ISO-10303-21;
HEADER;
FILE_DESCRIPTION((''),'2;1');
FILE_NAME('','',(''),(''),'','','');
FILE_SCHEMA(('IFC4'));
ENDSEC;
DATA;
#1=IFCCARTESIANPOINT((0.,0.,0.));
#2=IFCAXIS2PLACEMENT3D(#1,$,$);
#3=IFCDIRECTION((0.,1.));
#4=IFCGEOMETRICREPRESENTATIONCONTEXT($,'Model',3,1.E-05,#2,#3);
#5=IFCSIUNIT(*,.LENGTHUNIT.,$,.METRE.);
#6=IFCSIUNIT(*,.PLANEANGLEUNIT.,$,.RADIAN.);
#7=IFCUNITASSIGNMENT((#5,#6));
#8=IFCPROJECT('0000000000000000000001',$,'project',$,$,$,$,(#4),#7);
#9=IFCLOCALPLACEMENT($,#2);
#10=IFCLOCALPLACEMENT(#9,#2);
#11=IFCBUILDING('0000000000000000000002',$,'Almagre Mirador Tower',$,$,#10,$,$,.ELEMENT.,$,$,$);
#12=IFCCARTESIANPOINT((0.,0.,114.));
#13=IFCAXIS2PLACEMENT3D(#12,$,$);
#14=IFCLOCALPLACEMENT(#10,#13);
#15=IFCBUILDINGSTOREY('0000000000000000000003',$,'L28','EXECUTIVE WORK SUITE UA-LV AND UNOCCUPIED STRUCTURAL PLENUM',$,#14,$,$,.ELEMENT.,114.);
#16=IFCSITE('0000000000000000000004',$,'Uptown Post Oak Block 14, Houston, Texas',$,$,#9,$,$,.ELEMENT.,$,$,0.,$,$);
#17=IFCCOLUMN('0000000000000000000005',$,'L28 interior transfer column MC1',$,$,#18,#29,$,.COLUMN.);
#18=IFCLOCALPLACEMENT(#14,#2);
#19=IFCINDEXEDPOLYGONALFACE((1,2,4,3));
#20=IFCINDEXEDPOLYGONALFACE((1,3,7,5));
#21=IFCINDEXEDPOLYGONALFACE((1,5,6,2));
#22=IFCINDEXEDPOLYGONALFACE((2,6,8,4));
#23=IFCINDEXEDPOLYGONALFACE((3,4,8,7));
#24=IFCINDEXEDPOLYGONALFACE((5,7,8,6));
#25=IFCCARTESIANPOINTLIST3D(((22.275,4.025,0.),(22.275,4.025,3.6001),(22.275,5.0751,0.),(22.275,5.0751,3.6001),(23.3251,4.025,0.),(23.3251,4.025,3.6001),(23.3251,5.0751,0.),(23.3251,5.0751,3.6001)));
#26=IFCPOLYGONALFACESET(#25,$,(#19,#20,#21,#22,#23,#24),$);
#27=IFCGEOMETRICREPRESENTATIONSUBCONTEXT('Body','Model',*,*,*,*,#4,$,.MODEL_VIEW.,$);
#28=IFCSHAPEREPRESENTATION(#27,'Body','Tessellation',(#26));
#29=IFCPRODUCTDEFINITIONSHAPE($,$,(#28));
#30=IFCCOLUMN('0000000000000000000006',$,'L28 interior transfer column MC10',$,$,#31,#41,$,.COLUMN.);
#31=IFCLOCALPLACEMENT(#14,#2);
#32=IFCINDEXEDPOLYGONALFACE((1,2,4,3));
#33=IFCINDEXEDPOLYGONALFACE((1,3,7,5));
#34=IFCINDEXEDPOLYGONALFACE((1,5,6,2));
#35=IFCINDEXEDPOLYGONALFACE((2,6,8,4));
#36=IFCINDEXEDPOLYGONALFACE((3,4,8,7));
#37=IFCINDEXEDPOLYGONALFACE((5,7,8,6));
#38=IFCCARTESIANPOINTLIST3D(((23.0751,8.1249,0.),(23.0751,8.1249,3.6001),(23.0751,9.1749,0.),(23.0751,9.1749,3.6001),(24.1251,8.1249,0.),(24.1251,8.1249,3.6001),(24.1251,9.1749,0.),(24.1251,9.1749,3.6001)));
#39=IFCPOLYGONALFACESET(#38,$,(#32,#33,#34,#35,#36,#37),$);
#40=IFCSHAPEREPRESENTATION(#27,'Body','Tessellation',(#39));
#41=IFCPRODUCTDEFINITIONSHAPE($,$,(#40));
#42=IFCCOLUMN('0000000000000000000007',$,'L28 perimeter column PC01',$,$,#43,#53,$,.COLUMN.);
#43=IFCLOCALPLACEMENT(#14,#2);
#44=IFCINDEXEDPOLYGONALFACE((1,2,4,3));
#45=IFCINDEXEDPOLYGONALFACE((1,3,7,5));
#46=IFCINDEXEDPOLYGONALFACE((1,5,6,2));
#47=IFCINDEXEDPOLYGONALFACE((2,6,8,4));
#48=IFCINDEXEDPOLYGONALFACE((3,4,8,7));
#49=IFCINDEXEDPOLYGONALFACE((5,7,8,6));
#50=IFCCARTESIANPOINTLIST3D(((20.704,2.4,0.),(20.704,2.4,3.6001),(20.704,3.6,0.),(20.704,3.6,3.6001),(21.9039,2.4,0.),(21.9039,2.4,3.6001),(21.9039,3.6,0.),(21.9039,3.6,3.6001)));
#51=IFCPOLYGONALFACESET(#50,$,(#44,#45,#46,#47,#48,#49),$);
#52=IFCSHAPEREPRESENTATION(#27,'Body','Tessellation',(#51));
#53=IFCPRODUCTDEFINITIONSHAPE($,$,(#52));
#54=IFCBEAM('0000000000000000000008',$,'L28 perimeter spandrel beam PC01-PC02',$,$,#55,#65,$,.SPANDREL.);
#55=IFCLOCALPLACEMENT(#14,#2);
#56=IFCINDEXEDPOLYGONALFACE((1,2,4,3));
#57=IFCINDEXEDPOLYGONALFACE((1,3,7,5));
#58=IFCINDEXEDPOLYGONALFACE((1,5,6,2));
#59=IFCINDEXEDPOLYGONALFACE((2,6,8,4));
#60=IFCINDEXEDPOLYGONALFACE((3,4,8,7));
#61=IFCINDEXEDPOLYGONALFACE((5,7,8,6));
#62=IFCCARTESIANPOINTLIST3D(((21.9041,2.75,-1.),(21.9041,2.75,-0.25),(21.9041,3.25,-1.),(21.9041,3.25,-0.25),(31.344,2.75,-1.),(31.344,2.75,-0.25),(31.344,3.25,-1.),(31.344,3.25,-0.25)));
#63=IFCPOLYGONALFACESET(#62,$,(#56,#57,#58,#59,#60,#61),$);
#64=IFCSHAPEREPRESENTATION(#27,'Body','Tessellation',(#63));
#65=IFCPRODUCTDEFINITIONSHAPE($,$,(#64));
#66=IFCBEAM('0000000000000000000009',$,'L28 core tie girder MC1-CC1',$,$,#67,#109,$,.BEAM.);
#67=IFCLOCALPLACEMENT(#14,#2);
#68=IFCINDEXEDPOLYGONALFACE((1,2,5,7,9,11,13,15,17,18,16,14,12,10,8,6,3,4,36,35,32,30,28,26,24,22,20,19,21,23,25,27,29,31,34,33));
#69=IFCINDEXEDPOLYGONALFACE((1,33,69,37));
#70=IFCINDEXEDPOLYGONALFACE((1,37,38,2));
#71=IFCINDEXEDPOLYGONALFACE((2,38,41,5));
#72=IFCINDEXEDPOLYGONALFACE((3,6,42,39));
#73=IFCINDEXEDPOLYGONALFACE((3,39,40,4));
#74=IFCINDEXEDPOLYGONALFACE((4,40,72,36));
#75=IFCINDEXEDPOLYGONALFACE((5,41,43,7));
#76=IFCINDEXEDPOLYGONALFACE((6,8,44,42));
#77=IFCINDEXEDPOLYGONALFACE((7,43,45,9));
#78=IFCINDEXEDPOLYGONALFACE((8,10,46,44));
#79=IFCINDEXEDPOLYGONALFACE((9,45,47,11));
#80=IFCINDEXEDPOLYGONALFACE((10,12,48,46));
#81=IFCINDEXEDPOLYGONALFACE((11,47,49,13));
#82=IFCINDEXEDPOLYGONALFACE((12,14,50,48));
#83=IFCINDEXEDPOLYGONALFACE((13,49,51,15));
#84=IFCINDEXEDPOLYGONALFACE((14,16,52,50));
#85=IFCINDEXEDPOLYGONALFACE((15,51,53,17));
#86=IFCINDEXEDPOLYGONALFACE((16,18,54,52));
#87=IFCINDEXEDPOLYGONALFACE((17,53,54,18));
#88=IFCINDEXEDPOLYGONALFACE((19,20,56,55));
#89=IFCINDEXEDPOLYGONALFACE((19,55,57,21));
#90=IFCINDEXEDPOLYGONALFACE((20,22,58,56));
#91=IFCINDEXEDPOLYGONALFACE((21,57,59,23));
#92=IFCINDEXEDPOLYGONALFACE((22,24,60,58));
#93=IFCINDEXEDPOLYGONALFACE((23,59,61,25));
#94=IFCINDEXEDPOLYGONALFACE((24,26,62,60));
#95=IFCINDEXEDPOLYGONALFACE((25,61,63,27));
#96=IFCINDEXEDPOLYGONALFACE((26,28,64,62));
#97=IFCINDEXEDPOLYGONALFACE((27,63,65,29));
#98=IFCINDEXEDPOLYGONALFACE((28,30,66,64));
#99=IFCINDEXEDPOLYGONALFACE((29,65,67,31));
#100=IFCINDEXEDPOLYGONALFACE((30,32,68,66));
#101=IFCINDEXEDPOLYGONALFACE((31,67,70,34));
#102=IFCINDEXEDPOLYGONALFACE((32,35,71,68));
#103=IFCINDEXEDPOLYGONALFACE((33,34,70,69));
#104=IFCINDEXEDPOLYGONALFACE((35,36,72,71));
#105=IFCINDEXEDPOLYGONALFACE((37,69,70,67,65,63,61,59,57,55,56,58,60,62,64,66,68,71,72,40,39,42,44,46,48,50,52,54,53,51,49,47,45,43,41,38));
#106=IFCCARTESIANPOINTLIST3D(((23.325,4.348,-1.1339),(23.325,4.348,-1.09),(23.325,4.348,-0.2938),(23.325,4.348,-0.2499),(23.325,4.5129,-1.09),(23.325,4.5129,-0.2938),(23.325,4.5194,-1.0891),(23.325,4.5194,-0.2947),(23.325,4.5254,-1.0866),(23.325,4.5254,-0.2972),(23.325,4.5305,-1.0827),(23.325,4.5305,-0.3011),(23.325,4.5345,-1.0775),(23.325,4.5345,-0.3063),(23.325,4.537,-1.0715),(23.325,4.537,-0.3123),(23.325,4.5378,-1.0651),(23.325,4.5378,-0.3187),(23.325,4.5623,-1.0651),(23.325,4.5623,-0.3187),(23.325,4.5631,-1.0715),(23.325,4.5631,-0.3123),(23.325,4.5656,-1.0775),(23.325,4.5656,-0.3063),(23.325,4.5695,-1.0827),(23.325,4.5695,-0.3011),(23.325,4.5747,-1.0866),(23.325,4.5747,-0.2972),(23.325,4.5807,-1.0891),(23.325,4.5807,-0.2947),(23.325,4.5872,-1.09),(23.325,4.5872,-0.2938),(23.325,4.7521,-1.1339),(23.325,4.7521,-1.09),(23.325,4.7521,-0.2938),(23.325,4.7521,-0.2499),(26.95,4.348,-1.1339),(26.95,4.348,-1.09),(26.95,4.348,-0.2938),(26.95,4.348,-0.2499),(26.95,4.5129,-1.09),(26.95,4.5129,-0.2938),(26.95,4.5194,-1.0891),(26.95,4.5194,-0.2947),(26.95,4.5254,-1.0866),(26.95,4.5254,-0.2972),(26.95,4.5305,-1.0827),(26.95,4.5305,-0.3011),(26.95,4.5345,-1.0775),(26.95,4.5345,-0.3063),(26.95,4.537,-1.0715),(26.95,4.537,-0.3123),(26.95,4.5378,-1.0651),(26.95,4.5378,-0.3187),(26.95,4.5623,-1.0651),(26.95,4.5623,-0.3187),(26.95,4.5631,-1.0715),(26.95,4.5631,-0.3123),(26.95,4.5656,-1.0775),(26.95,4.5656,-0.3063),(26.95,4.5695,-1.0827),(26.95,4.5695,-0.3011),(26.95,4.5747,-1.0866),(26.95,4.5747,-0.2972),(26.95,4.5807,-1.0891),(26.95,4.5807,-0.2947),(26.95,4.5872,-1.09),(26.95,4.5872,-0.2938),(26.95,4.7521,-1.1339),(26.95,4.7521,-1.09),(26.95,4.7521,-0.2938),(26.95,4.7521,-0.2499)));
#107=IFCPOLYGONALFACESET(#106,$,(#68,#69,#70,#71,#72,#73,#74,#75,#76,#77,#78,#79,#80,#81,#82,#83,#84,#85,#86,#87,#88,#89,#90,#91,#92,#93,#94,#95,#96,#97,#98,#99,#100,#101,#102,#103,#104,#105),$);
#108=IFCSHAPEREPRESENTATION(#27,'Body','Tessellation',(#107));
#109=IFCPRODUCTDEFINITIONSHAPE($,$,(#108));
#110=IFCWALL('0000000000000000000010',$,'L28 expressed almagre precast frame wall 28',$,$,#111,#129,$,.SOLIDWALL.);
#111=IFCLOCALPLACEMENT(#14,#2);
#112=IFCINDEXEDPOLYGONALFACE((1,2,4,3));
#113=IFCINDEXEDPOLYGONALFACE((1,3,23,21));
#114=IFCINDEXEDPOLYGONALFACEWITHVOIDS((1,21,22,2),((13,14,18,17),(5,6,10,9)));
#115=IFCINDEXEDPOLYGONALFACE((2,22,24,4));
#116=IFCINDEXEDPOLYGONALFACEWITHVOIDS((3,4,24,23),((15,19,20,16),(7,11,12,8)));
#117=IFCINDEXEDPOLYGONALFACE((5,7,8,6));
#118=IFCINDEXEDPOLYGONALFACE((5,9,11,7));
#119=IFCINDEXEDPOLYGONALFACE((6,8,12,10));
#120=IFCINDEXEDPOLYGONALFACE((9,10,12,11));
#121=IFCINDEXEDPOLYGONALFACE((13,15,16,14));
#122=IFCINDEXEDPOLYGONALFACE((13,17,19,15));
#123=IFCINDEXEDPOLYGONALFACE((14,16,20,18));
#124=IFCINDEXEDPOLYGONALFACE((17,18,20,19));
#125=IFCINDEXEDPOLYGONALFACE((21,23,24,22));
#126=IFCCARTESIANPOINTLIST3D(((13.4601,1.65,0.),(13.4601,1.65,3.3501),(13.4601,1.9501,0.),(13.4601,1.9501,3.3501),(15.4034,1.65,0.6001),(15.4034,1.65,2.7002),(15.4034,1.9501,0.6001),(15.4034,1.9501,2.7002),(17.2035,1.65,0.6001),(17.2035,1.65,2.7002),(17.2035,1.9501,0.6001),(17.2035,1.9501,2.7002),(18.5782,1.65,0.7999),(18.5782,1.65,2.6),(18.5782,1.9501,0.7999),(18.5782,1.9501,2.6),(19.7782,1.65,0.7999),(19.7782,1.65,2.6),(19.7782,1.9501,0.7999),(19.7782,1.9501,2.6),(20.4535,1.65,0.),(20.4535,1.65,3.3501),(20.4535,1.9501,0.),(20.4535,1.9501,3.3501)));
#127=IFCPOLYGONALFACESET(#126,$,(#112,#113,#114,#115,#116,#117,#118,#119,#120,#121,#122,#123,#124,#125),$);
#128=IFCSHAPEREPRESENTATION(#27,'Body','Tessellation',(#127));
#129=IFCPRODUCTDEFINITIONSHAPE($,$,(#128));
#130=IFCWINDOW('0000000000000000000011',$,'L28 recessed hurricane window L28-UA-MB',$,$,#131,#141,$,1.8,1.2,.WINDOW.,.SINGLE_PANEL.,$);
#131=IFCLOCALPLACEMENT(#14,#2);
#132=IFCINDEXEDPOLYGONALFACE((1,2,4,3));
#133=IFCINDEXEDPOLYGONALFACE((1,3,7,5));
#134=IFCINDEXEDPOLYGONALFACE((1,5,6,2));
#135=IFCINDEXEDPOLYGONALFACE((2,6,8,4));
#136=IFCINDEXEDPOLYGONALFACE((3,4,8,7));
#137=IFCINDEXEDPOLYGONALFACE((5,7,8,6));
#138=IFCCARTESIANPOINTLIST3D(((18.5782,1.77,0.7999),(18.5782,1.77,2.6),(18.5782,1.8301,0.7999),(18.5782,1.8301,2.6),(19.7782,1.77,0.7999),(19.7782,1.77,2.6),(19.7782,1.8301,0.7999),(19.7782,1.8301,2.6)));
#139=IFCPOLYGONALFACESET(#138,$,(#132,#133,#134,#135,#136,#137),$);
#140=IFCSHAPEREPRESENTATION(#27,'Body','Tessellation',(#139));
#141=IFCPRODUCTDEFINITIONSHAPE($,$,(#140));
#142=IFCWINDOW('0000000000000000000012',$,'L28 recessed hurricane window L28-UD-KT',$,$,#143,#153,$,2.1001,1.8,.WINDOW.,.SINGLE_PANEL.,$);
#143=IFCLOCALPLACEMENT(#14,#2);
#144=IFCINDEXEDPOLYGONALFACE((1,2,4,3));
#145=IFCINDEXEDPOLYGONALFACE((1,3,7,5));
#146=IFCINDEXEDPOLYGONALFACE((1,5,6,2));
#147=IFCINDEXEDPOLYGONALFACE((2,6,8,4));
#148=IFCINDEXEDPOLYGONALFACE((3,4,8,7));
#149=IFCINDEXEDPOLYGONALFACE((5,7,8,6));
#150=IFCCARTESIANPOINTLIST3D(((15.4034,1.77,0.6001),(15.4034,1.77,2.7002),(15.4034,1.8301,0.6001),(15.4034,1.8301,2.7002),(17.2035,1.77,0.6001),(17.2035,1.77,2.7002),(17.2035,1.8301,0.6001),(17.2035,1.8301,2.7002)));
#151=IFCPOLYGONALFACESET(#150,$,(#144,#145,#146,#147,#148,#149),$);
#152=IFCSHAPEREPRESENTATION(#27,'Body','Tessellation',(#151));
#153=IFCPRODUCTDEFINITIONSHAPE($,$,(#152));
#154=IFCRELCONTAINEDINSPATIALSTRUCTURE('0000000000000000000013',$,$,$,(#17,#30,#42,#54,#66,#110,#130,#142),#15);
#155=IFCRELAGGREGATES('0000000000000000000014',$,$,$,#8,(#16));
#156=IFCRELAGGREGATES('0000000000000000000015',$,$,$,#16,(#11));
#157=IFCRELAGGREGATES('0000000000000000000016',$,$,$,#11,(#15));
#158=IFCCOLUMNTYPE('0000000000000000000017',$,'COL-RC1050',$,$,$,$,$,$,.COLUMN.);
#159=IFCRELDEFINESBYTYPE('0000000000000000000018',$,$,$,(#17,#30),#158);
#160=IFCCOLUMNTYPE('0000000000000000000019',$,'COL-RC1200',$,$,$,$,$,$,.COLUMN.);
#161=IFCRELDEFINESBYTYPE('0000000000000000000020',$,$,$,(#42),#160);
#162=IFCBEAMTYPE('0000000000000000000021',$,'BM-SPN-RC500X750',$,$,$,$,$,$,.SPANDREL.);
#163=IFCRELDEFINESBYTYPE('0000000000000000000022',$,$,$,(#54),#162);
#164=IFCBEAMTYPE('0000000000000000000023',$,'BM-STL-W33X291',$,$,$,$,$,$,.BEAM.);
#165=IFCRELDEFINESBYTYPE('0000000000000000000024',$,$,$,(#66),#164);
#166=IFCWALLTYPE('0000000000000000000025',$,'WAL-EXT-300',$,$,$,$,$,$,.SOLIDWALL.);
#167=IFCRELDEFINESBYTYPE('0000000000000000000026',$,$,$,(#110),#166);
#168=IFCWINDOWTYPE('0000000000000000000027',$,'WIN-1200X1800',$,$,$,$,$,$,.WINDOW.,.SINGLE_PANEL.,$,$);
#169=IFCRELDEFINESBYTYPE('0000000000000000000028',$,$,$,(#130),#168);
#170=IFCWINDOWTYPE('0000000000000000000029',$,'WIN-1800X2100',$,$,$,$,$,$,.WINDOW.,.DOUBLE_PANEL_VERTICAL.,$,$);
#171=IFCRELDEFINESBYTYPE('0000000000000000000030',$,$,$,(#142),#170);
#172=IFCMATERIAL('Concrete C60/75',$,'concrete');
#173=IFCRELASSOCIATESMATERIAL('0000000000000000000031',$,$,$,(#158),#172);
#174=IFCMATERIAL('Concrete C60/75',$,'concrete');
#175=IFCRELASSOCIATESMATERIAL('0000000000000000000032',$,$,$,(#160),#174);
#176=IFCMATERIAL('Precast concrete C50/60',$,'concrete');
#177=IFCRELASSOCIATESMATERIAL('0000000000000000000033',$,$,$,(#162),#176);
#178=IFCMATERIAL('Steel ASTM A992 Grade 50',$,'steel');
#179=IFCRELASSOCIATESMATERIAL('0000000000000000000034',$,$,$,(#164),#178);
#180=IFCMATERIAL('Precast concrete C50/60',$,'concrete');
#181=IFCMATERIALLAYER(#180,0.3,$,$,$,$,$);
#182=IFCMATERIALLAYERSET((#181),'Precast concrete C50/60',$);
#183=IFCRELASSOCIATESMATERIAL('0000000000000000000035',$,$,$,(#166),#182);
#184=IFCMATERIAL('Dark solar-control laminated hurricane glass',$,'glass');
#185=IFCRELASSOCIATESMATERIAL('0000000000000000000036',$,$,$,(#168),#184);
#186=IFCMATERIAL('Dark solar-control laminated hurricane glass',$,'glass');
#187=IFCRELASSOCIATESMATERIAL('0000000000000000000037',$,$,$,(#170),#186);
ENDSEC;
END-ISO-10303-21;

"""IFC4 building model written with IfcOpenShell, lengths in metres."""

from ifc_helpers import new_model, si_unit, direction, frame, frame_2d, origin, origin_2d, place, context, subcontext, project, spatial, rectangle, i_section, extrude, material, layer, layer_set, material_profile, profile_set, type_object, element, fill, save


model = new_model("IFC4")

# Units and contexts
model_context = context("Model", 3, precision=1e-05, world=origin(), true_north=direction((0.0, 1.0)))
body_context = subcontext(model_context, "Body", "Model", "MODEL_VIEW")
ifc_project = project(units=[si_unit("LENGTHUNIT", "METRE"), si_unit("PLANEANGLEUNIT", "RADIAN")], contexts=[model_context])

# Site, building, storey
site_placement = place(None, origin())
site = spatial("IfcSite", under=ifc_project, at=site_placement, Name="Uptown Post Oak Block 14, Houston, Texas", CompositionType="ELEMENT", RefElevation=0.0)
building_placement = place(site_placement, origin())
building = spatial("IfcBuilding", under=site, at=building_placement, Name="Almagre Mirador Tower", CompositionType="ELEMENT")
storey_placement = place(building_placement, frame((0.0, 0.0, 114.0)))
storey = spatial("IfcBuildingStorey", under=building, at=storey_placement, Name="L28", Description="EXECUTIVE WORK SUITE UA-LV AND UNOCCUPIED STRUCTURAL PLENUM", CompositionType="ELEMENT", Elevation=114.0)

# Columns
ifc_material_1 = material(Name="Concrete C60/75", Category="concrete")
ifc_material_profile_1 = material_profile(ifc_material_1, rectangle(XDim=1.05, YDim=1.05, at=origin_2d()), Name="RC1050X1050")
ifc_profile_set_1 = profile_set([ifc_material_profile_1], Name="Concrete C60/75")
column_type_1 = type_object("IfcColumnType", Name="COL-RC1050", PredefinedType="COLUMN", material=ifc_profile_set_1)
for number, where, z_axis, x_axis, name in (
    (1, (22.8, 4.55, 0.0), (0.0, 0.0, 1.0), (1.0, 0.0, 0.0), "L28 interior transfer column MC1"),
    (2, (23.6001, 8.6499, 0.0), (0.0, 0.0, 1.0), (1.0, 0.0, 0.0), "L28 interior transfer column MC10"),
):
    element("IfcColumn", number, at=place(storey_placement, frame(where, z_axis=z_axis, x_axis=x_axis)), inside=storey, type_object=column_type_1, Name=name, PredefinedType="COLUMN", context=body_context, shape_type="SweptSolid", body=[
        extrude(rectangle(XDim=1.05, YDim=1.05, at=origin_2d()), origin(), (0.0, 0.0, 1.0), 3.6001),
    ])
ifc_material_2 = material(Name="Concrete C60/75", Category="concrete")
ifc_material_profile_2 = material_profile(ifc_material_2, rectangle(XDim=1.2, YDim=1.2, at=origin_2d()), Name="RC1200X1200")
ifc_profile_set_2 = profile_set([ifc_material_profile_2], Name="Concrete C60/75")
column_type_2 = type_object("IfcColumnType", Name="COL-RC1200", PredefinedType="COLUMN", material=ifc_profile_set_2)
column_placement = place(storey_placement, frame((21.304, 3.0, 0.0), z_axis=(0.0, 0.0, 1.0), x_axis=(1.0, 0.0, 0.0)))
element("IfcColumn", 3, at=column_placement, inside=storey, type_object=column_type_2, Name="L28 perimeter column PC01", PredefinedType="COLUMN", context=body_context, shape_type="SweptSolid", body=[
    extrude(rectangle(XDim=1.2, YDim=1.2, at=origin_2d()), origin(), (0.0, 0.0, 1.0), 3.6001),
])

# Beams
ifc_material_3 = material(Name="Precast concrete C50/60", Category="concrete")
ifc_material_profile_3 = material_profile(ifc_material_3, rectangle(XDim=0.5, YDim=0.75, at=origin_2d()), Name="RC500X750")
ifc_profile_set_3 = profile_set([ifc_material_profile_3], Name="Precast concrete C50/60")
beam_type_1 = type_object("IfcBeamType", Name="BM-SPN-RC500X750", PredefinedType="SPANDREL", material=ifc_profile_set_3)
beam_1_placement = place(storey_placement, frame((21.9041, 3.0, -0.625), z_axis=(1.0, 0.0, 0.0), x_axis=(0.0, 1.0, 0.0)))
element("IfcBeam", 4, at=beam_1_placement, inside=storey, type_object=beam_type_1, Name="L28 perimeter spandrel beam PC01-PC02", PredefinedType="SPANDREL", context=body_context, shape_type="SweptSolid", body=[
    extrude(rectangle(XDim=0.5, YDim=0.75, at=origin_2d()), origin(), (0.0, 0.0, 1.0), 9.4399),
])
ifc_material_4 = material(Name="Steel ASTM A992 Grade 50", Category="steel")
ifc_material_profile_4 = material_profile(ifc_material_4, i_section(OverallWidth=0.4041, OverallDepth=0.884, WebThickness=0.0244, FlangeThickness=0.0439, FilletRadius=0.0249, at=origin_2d()), Name="W33X291")
ifc_profile_set_4 = profile_set([ifc_material_profile_4], Name="Steel ASTM A992 Grade 50")
beam_type_2 = type_object("IfcBeamType", Name="BM-STL-W33X291", PredefinedType="BEAM", material=ifc_profile_set_4)
beam_2_placement = place(storey_placement, frame((23.325, 4.55, -0.6919), z_axis=(1.0, 0.0, 0.0), x_axis=(0.0, 1.0, 0.0)))
element("IfcBeam", 5, at=beam_2_placement, inside=storey, type_object=beam_type_2, Name="L28 core tie girder MC1-CC1", PredefinedType="BEAM", context=body_context, shape_type="SweptSolid", body=[
    extrude(i_section(OverallWidth=0.4041, OverallDepth=0.884, WebThickness=0.0244, FlangeThickness=0.0439, FilletRadius=0.0249, at=origin_2d()), origin(), (0.0, 0.0, 1.0), 3.625),
])

# Wall, openings, windows
ifc_material_5 = material(Name="Precast concrete C50/60", Category="concrete")
ifc_layer_1 = layer(ifc_material_5, 0.3)
ifc_layer_set_1 = layer_set([ifc_layer_1], Name="Precast concrete C50/60")
wall_type_1 = type_object("IfcWallType", Name="WAL-EXT-300", PredefinedType="SOLIDWALL", material=ifc_layer_set_1)
wall_1_placement = place(storey_placement, frame((20.4534, 1.8, 0.0), z_axis=(0.0, 0.0, 1.0), x_axis=(-1.0, 0.0, 0.0)))
wall_1 = element("IfcWall", 6, at=wall_1_placement, inside=storey, type_object=wall_type_1, Name="L28 expressed almagre precast frame wall 28", PredefinedType="SOLIDWALL", context=body_context, shape_type="SweptSolid", body=[
    extrude(rectangle(XDim=6.9934, YDim=0.3, at=frame_2d((3.4966, 0.0))), origin(), (0.0, 0.0, 1.0), 3.3501),
])
opening_1_placement = place(wall_1_placement, frame((0.675, 0.0, 0.8)))
opening_1 = element("IfcOpeningElement", 7, at=opening_1_placement, cuts=wall_1, PredefinedType="OPENING", context=body_context, shape_type="SweptSolid", body=[
    extrude(rectangle(XDim=1.2, YDim=1.8, at=frame_2d((0.6001, 0.8999))), frame((0.0, 0.1599, 0.0), z_axis=(0.0, -1.0, 0.0), x_axis=(1.0, 0.0, 0.0)), (0.0, 0.0, 1.0), 0.32),
])
opening_2_placement = place(wall_1_placement, frame((3.25, 0.0, 0.6001)))
opening_2 = element("IfcOpeningElement", 8, at=opening_2_placement, cuts=wall_1, PredefinedType="OPENING", context=body_context, shape_type="SweptSolid", body=[
    extrude(rectangle(XDim=1.8, YDim=2.1001, at=frame_2d((0.8999, 1.05))), frame((0.0, 0.1599, 0.0), z_axis=(0.0, -1.0, 0.0), x_axis=(1.0, 0.0, 0.0)), (0.0, 0.0, 1.0), 0.32),
])
ifc_material_6 = material(Name="Dark solar-control laminated hurricane glass", Category="glass")
window_type_1 = type_object("IfcWindowType", Name="WIN-1200X1800", PartitioningType="SINGLE_PANEL", PredefinedType="WINDOW", material=ifc_material_6)
window_1_placement = place(opening_1_placement, origin())
window_1 = element("IfcWindow", 9, at=window_1_placement, inside=storey, type_object=window_type_1, Name="L28 recessed hurricane window L28-UA-MB", OverallHeight=1.8, OverallWidth=1.2, PartitioningType="SINGLE_PANEL", PredefinedType="WINDOW", context=body_context, shape_type="SweptSolid", body=[
    extrude(rectangle(XDim=1.2, YDim=1.8, at=frame_2d((0.6001, 0.8999))), frame((0.0, 0.03, 0.0), z_axis=(0.0, -1.0, 0.0), x_axis=(1.0, 0.0, 0.0)), (0.0, 0.0, 1.0), 0.0601),
])
fill(opening_1, window_1)
ifc_material_7 = material(Name="Dark solar-control laminated hurricane glass", Category="glass")
window_type_2 = type_object("IfcWindowType", Name="WIN-1800X2100", PartitioningType="DOUBLE_PANEL_VERTICAL", PredefinedType="WINDOW", material=ifc_material_7)
window_2_placement = place(opening_2_placement, origin())
window_2 = element("IfcWindow", 10, at=window_2_placement, inside=storey, type_object=window_type_2, Name="L28 recessed hurricane window L28-UD-KT", OverallHeight=2.1001, OverallWidth=1.8, PartitioningType="SINGLE_PANEL", PredefinedType="WINDOW", context=body_context, shape_type="SweptSolid", body=[
    extrude(rectangle(XDim=1.8, YDim=2.1001, at=frame_2d((0.8999, 1.05))), frame((0.0, 0.03, 0.0), z_axis=(0.0, -1.0, 0.0), x_axis=(1.0, 0.0, 0.0)), (0.0, 0.0, 1.0), 0.0601),
])
fill(opening_2, window_2)

save(model, "model.ifc")
